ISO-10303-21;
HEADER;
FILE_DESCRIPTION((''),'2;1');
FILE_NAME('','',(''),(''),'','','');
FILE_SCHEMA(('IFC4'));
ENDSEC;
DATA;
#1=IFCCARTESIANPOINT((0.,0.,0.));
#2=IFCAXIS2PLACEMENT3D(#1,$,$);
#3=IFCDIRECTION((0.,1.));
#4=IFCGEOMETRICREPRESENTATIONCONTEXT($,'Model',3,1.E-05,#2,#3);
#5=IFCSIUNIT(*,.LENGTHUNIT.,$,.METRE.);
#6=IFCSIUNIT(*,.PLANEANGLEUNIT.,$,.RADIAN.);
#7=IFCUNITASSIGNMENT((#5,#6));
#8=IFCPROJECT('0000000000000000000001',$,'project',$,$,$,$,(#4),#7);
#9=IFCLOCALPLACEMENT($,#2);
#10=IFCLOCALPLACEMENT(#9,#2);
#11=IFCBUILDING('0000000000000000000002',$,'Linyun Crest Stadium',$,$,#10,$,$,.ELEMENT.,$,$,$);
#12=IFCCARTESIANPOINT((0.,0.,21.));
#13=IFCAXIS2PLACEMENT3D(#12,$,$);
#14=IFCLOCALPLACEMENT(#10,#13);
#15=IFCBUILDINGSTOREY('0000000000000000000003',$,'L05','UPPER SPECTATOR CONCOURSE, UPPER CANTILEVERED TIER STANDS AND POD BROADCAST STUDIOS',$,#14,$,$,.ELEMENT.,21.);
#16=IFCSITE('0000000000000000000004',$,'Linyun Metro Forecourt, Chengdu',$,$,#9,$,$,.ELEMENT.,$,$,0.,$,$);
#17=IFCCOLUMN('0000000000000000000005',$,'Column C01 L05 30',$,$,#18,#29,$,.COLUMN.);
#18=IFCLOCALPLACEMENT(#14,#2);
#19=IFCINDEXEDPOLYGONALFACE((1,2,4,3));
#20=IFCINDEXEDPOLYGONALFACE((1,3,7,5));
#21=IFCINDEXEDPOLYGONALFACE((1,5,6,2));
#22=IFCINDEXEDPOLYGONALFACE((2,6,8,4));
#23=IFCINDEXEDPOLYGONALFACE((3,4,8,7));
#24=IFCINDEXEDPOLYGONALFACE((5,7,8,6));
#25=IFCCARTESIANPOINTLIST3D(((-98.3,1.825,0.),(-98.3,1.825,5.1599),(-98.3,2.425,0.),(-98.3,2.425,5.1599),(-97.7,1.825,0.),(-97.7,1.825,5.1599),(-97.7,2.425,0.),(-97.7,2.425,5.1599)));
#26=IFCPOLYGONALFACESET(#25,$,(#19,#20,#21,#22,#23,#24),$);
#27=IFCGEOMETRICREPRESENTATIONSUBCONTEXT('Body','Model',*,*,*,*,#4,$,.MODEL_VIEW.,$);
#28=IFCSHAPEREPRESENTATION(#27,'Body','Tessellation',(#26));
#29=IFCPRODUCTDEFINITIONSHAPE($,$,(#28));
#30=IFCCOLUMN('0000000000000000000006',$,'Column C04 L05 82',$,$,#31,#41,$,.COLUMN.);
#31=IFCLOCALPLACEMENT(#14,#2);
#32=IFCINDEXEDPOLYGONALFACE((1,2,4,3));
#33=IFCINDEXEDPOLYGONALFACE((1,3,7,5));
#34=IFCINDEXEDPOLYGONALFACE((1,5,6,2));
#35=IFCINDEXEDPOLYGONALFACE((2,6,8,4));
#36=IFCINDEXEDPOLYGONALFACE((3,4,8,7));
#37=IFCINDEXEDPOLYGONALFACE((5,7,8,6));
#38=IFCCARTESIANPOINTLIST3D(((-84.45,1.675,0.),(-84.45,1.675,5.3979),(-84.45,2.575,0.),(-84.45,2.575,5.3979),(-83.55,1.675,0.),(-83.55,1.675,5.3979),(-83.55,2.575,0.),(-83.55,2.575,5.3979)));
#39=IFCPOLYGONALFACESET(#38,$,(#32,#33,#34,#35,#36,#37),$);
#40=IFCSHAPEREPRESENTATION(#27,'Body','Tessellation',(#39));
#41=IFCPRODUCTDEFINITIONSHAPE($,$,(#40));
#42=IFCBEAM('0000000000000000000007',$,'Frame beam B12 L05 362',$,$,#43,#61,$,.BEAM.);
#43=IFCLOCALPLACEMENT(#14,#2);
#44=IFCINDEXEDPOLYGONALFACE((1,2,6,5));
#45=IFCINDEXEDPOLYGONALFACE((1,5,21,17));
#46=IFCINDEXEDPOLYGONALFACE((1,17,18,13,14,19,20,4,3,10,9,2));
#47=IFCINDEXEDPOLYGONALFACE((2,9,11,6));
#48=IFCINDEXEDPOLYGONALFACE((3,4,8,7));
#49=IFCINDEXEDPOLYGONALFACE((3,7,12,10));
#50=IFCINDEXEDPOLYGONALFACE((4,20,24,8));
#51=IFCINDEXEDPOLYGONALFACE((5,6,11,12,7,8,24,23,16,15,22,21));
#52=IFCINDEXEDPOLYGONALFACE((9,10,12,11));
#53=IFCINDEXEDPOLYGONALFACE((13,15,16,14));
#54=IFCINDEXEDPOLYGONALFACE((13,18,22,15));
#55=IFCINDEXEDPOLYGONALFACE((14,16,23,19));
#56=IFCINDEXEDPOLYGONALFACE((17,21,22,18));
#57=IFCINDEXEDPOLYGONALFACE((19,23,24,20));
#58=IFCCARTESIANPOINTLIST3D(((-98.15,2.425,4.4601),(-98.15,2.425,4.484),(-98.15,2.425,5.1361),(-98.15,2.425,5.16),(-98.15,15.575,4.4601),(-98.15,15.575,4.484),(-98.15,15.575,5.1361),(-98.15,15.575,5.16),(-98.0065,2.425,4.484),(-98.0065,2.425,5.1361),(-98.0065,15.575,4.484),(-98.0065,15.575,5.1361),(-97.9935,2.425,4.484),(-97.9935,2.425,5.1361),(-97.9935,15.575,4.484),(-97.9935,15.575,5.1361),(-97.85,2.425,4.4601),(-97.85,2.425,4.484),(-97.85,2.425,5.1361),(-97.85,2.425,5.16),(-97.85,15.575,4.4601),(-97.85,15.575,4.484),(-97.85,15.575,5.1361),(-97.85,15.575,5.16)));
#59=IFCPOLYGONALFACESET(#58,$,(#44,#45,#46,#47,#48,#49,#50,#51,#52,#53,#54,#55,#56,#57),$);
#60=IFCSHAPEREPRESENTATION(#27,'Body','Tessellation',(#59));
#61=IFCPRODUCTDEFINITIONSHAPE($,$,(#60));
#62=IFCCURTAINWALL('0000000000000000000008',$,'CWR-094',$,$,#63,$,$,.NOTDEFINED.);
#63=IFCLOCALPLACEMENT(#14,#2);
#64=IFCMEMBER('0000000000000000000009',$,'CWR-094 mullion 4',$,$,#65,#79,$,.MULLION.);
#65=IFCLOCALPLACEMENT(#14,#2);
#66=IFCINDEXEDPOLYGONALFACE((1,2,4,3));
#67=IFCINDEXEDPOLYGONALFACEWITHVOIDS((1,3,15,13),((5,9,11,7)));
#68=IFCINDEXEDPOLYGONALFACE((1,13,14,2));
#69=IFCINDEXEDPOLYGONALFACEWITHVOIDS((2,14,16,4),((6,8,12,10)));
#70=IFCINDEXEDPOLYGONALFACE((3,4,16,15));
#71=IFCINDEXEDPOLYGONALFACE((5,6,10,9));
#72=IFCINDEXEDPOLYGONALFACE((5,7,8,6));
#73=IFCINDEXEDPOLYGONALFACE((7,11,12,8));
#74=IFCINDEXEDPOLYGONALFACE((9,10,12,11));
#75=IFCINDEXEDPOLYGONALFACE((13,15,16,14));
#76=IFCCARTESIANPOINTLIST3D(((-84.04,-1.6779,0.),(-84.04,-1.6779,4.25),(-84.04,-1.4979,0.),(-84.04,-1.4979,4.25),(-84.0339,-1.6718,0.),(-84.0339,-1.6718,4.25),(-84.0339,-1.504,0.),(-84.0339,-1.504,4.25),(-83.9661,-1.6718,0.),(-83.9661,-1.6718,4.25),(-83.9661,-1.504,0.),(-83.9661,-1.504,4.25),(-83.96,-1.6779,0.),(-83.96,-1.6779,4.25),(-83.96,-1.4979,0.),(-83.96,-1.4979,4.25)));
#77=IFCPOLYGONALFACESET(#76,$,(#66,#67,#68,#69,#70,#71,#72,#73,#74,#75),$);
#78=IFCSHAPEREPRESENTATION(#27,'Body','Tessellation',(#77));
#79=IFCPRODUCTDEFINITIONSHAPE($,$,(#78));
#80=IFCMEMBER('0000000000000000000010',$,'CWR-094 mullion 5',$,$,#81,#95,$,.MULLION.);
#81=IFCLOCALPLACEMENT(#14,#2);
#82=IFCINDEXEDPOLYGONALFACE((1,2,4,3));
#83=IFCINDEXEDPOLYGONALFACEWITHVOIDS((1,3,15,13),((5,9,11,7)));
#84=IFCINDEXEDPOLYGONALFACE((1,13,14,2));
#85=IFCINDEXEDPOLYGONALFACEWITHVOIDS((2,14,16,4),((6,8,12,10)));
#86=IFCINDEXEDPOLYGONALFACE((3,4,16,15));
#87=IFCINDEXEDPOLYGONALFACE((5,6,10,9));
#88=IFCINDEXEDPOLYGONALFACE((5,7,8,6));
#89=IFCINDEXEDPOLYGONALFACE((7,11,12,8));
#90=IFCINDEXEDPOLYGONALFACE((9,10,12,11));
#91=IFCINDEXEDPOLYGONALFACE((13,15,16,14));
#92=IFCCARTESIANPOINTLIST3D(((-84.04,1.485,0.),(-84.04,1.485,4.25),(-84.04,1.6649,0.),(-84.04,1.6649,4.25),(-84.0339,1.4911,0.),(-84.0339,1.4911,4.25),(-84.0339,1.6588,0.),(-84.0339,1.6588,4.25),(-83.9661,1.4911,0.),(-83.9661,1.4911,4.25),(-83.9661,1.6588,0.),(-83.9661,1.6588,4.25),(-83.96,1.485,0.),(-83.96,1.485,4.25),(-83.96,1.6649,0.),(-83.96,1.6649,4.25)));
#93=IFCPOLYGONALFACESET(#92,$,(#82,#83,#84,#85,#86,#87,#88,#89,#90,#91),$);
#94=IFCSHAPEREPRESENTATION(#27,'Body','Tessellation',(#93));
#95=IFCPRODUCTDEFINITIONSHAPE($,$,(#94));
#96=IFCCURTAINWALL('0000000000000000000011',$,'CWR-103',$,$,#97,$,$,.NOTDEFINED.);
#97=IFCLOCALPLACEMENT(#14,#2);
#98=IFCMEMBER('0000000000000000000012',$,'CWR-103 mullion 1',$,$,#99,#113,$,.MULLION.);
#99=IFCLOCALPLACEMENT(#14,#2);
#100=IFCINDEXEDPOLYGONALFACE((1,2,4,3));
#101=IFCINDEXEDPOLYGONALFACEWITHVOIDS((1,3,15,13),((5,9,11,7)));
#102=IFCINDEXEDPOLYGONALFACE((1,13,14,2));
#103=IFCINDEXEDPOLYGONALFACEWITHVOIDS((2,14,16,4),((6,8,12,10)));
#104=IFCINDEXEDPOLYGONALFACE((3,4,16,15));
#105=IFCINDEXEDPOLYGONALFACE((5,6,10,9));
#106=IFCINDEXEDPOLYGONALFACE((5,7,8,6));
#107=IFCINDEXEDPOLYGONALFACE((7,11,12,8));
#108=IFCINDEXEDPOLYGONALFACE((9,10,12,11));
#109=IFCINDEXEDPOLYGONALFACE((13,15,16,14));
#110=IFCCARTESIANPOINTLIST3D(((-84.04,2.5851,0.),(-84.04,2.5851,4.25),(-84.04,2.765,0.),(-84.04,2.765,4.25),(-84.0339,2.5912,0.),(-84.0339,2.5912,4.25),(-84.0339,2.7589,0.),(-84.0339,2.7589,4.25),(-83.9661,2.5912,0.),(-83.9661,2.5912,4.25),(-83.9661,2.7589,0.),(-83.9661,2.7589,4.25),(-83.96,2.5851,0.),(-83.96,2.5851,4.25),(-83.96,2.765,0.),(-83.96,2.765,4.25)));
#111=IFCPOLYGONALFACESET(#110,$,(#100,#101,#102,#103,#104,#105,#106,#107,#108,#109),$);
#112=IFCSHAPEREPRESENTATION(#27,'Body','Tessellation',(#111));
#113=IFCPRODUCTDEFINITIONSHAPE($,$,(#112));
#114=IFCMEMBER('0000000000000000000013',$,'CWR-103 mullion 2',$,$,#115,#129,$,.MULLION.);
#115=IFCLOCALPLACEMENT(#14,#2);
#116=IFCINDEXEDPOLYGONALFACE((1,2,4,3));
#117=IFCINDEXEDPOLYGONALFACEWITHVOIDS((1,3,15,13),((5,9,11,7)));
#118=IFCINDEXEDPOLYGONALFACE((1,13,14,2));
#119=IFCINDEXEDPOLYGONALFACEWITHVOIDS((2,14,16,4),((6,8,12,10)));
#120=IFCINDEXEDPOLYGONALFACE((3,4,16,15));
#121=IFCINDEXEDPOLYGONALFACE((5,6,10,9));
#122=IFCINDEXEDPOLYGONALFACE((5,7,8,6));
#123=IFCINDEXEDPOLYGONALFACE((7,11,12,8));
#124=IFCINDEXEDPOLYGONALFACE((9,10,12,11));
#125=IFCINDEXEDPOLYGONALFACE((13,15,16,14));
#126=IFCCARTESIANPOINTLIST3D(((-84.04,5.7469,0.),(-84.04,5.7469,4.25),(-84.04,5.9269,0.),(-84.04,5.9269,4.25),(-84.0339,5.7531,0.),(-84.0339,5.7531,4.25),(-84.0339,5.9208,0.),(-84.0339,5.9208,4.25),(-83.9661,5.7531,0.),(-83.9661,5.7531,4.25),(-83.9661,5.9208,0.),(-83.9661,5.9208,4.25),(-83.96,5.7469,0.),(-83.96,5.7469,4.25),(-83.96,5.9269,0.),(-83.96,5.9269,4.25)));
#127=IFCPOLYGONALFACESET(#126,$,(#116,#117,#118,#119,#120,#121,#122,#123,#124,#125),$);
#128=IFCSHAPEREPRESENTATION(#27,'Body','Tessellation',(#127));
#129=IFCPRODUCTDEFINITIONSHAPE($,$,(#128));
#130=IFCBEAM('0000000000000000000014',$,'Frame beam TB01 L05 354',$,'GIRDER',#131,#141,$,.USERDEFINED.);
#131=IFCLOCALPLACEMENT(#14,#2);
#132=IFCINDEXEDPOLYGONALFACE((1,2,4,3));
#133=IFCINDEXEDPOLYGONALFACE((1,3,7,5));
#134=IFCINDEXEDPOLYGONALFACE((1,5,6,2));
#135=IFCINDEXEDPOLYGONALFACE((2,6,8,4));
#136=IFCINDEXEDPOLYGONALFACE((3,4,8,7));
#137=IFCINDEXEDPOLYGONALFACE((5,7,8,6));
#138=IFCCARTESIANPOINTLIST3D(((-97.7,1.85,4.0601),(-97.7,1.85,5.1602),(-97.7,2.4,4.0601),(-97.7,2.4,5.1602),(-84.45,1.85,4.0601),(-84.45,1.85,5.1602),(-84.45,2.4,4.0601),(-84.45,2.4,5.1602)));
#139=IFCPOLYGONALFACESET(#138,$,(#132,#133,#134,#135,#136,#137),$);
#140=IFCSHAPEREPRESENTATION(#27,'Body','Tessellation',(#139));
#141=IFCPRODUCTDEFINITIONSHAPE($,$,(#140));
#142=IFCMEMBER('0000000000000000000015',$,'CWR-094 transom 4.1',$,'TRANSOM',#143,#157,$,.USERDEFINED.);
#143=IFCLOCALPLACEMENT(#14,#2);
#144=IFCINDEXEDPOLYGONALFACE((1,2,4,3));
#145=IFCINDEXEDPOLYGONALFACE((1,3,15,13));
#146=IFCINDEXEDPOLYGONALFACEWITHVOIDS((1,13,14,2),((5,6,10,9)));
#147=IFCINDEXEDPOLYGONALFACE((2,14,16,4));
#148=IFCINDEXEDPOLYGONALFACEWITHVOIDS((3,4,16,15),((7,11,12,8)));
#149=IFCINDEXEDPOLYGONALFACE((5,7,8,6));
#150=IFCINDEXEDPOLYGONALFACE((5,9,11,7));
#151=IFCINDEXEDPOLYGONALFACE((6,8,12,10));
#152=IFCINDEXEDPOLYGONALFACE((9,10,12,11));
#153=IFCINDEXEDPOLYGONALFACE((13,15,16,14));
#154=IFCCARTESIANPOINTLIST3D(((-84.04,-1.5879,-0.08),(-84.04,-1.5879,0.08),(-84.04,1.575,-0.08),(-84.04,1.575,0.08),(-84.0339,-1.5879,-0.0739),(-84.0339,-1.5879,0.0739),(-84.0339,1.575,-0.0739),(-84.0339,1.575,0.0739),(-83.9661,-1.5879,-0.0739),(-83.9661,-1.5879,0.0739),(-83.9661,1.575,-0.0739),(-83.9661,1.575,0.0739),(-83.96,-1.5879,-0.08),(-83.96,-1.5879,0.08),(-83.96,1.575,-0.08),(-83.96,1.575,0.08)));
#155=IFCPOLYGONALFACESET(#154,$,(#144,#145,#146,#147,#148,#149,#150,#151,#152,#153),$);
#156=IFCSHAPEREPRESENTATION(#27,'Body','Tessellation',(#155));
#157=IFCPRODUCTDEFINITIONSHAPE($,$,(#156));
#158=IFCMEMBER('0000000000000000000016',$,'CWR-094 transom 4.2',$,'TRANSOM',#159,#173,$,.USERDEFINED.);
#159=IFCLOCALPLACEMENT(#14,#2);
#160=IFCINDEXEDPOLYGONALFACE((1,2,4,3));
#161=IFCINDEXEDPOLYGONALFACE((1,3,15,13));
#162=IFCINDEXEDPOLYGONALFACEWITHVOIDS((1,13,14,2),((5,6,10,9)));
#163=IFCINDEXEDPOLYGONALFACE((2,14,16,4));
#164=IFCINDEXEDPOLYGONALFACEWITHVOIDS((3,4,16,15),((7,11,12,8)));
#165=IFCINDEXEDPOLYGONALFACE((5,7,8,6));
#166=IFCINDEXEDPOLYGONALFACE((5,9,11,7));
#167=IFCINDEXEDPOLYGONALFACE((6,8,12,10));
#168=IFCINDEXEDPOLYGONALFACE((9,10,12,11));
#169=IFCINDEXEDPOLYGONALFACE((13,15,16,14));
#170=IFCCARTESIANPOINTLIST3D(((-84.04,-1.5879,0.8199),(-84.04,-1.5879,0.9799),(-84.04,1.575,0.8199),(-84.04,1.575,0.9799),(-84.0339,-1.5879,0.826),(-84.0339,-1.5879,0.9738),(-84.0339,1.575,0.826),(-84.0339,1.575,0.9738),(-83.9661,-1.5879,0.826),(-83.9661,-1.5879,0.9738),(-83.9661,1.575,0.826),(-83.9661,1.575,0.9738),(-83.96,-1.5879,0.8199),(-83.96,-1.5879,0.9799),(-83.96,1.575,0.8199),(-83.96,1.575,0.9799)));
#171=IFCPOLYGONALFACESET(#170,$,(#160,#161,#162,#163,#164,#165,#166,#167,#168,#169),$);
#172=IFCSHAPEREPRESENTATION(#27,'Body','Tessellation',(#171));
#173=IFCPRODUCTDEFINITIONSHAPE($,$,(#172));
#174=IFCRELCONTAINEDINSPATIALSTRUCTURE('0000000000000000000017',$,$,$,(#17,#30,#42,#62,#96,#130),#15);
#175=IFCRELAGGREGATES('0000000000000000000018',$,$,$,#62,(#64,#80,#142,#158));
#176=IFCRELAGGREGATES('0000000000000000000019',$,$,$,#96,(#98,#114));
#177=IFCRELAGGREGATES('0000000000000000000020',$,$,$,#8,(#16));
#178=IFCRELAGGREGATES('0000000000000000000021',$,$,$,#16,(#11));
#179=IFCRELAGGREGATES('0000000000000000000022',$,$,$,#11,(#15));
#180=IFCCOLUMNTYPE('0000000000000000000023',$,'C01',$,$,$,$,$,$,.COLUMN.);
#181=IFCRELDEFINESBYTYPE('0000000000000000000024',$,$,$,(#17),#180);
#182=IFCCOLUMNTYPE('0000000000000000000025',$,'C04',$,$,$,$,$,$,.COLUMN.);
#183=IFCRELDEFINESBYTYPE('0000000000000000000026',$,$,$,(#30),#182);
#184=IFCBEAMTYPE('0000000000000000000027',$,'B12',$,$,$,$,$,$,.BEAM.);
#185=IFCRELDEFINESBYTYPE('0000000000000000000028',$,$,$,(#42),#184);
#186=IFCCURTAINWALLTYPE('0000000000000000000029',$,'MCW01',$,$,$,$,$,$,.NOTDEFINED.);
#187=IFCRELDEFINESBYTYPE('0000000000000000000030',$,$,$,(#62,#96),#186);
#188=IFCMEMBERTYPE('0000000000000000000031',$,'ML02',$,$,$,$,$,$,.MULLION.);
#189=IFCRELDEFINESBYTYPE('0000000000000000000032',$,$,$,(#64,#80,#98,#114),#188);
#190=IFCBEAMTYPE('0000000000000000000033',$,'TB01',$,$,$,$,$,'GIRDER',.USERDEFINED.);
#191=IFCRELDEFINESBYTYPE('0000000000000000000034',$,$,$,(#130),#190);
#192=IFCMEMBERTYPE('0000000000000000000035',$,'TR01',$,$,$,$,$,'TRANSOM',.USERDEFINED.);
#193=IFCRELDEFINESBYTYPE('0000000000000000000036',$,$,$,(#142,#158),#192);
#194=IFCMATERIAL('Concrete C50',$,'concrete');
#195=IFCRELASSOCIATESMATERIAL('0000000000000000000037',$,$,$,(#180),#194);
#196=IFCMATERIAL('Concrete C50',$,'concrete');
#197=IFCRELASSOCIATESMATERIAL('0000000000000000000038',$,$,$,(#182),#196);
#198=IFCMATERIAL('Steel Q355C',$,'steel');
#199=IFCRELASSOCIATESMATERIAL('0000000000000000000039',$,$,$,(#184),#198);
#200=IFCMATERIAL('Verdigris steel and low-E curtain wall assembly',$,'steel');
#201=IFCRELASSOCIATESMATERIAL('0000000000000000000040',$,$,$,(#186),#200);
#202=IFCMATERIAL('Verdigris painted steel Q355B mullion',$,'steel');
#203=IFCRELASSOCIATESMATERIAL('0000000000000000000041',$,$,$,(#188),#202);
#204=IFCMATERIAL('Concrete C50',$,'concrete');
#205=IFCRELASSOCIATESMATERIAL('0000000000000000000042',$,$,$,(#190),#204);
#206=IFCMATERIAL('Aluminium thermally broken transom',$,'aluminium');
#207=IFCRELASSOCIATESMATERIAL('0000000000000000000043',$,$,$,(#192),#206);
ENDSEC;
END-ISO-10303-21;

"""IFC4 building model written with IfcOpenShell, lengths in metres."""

from ifc_helpers import new_model, si_unit, direction, frame, origin, origin_2d, place, context, subcontext, project, spatial, rectangle, hollow_rectangle, i_section, extrude, material, material_profile, profile_set, type_object, element, aggregate, save


model = new_model("IFC4")

# Units and contexts
model_context = context("Model", 3, precision=1e-05, world=origin(), true_north=direction((0.0, 1.0)))
body_context = subcontext(model_context, "Body", "Model", "MODEL_VIEW")
ifc_project = project(units=[si_unit("LENGTHUNIT", "METRE"), si_unit("PLANEANGLEUNIT", "RADIAN")], contexts=[model_context])

# Site, building, storey
site_placement = place(None, origin())
site = spatial("IfcSite", under=ifc_project, at=site_placement, Name="Linyun Metro Forecourt, Chengdu", CompositionType="ELEMENT", RefElevation=0.0)
building_placement = place(site_placement, origin())
building = spatial("IfcBuilding", under=site, at=building_placement, Name="Linyun Crest Stadium", CompositionType="ELEMENT")
storey_placement = place(building_placement, frame((0.0, 0.0, 21.0)))
storey = spatial("IfcBuildingStorey", under=building, at=storey_placement, Name="L05", Description="UPPER SPECTATOR CONCOURSE, UPPER CANTILEVERED TIER STANDS AND POD BROADCAST STUDIOS", CompositionType="ELEMENT", Elevation=21.0)

# Columns
ifc_material_1 = material(Name="Concrete C50", Category="concrete")
ifc_material_profile_1 = material_profile(ifc_material_1, rectangle(XDim=0.6001, YDim=0.6001, at=origin_2d()), Name="RC 600x600")
ifc_profile_set_1 = profile_set([ifc_material_profile_1], Name="Concrete C50")
column_type_1 = type_object("IfcColumnType", Name="C01", PredefinedType="COLUMN", material=ifc_profile_set_1)
column_1_placement = place(storey_placement, frame((-98.0, 2.125, 0.0), z_axis=(0.0, 0.0, 1.0), x_axis=(1.0, 0.0, 0.0)))
element("IfcColumn", 1, at=column_1_placement, inside=storey, type_object=column_type_1, Name="Column C01 L05 30", PredefinedType="COLUMN", context=body_context, shape_type="SweptSolid", body=[
    extrude(rectangle(XDim=0.6001, YDim=0.6001, at=origin_2d()), origin(), (0.0, 0.0, 1.0), 5.1599),
])
ifc_material_2 = material(Name="Concrete C50", Category="concrete")
ifc_material_profile_2 = material_profile(ifc_material_2, rectangle(XDim=0.8999, YDim=0.8999, at=origin_2d()), Name="RC 900x900")
ifc_profile_set_2 = profile_set([ifc_material_profile_2], Name="Concrete C50")
column_type_2 = type_object("IfcColumnType", Name="C04", PredefinedType="COLUMN", material=ifc_profile_set_2)
column_2_placement = place(storey_placement, frame((-84.0, 2.125, 0.0), z_axis=(0.0, 0.0, 1.0), x_axis=(1.0, 0.0, 0.0)))
element("IfcColumn", 2, at=column_2_placement, inside=storey, type_object=column_type_2, Name="Column C04 L05 82", PredefinedType="COLUMN", context=body_context, shape_type="SweptSolid", body=[
    extrude(rectangle(XDim=0.8999, YDim=0.8999, at=origin_2d()), origin(), (0.0, 0.0, 1.0), 5.3979),
])

# Beam
ifc_material_3 = material(Name="Steel Q355C", Category="steel")
ifc_material_profile_3 = material_profile(ifc_material_3, i_section(OverallWidth=0.3, OverallDepth=0.7, WebThickness=0.0129, FlangeThickness=0.0239, at=origin_2d()), Name="HN 700x300")
ifc_profile_set_3 = profile_set([ifc_material_profile_3], Name="Steel Q355C")
beam_type_1 = type_object("IfcBeamType", Name="B12", PredefinedType="BEAM", material=ifc_profile_set_3)
beam_1_placement = place(storey_placement, frame((-98.0, 2.425, 4.8101), z_axis=(0.0, 1.0, 0.0), x_axis=(-1.0, 0.0, 0.0)))
element("IfcBeam", 3, at=beam_1_placement, inside=storey, type_object=beam_type_1, Name="Frame beam B12 L05 362", PredefinedType="BEAM", context=body_context, shape_type="SweptSolid", body=[
    extrude(i_section(OverallWidth=0.3, OverallDepth=0.7, WebThickness=0.0129, FlangeThickness=0.0239, at=origin_2d()), origin(), (0.0, 0.0, 1.0), 13.1499),
])

# Curtain walls, members
ifc_material_4 = material(Name="Verdigris steel and low-E curtain wall assembly", Category="steel")
curtain_wall_type = type_object("IfcCurtainWallType", Name="MCW01", PredefinedType="NOTDEFINED", material=ifc_material_4)
curtain_wall_1_placement = place(storey_placement, origin())
curtain_wall_1 = element("IfcCurtainWall", 4, at=curtain_wall_1_placement, inside=storey, type_object=curtain_wall_type, Name="CWR-094", PredefinedType="NOTDEFINED")
ifc_material_5 = material(Name="Verdigris painted steel Q355B mullion", Category="steel")
ifc_material_profile_4 = material_profile(ifc_material_5, hollow_rectangle(XDim=0.0801, YDim=0.1799, WallThickness=0.0061, at=origin_2d()), Name="RHS 180x80x6")
ifc_profile_set_4 = profile_set([ifc_material_profile_4], Name="Verdigris painted steel Q355B mullion")
member_type_1 = type_object("IfcMemberType", Name="ML02", PredefinedType="MULLION", material=ifc_profile_set_4)
member_1_placement = place(storey_placement, frame((-84.0, -1.5879, 0.0), z_axis=(0.0, 0.0, 1.0), x_axis=(-1.0, 0.0, 0.0)))
member_1 = element("IfcMember", 5, at=member_1_placement, type_object=member_type_1, Name="CWR-094 mullion 4", PredefinedType="MULLION", context=body_context, shape_type="SweptSolid", body=[
    extrude(hollow_rectangle(XDim=0.0801, YDim=0.1799, WallThickness=0.0061, at=origin_2d()), origin(), (0.0, 0.0, 1.0), 4.25),
])
member_2_placement = place(storey_placement, frame((-84.0, 1.575, 0.0), z_axis=(0.0, 0.0, 1.0), x_axis=(-1.0, 0.0, 0.0)))
member_2 = element("IfcMember", 6, at=member_2_placement, type_object=member_type_1, Name="CWR-094 mullion 5", PredefinedType="MULLION", context=body_context, shape_type="SweptSolid", body=[
    extrude(hollow_rectangle(XDim=0.0801, YDim=0.1799, WallThickness=0.0061, at=origin_2d()), origin(), (0.0, 0.0, 1.0), 4.25),
])
curtain_wall_2_placement = place(storey_placement, origin())
curtain_wall_2 = element("IfcCurtainWall", 7, at=curtain_wall_2_placement, inside=storey, type_object=curtain_wall_type, Name="CWR-103", PredefinedType="NOTDEFINED")
member_3_placement = place(storey_placement, frame((-84.0, 2.675, 0.0), z_axis=(0.0, 0.0, 1.0), x_axis=(-1.0, 0.0, 0.0)))
member_3 = element("IfcMember", 8, at=member_3_placement, type_object=member_type_1, Name="CWR-103 mullion 1", PredefinedType="MULLION", context=body_context, shape_type="SweptSolid", body=[
    extrude(hollow_rectangle(XDim=0.0801, YDim=0.1799, WallThickness=0.0061, at=origin_2d()), origin(), (0.0, 0.0, 1.0), 4.25),
])
member_4_placement = place(storey_placement, frame((-84.0, 5.8369, 0.0), z_axis=(0.0, 0.0, 1.0), x_axis=(-1.0, 0.0, 0.0)))
member_4 = element("IfcMember", 9, at=member_4_placement, type_object=member_type_1, Name="CWR-103 mullion 2", PredefinedType="MULLION", context=body_context, shape_type="SweptSolid", body=[
    extrude(hollow_rectangle(XDim=0.0801, YDim=0.1799, WallThickness=0.0061, at=origin_2d()), origin(), (0.0, 0.0, 1.0), 4.25),
])

# Beam
ifc_material_6 = material(Name="Concrete C50", Category="concrete")
ifc_material_profile_5 = material_profile(ifc_material_6, rectangle(XDim=0.55, YDim=1.1001, at=origin_2d()), Name="RCB 1100x550")
ifc_profile_set_5 = profile_set([ifc_material_profile_5], Name="Concrete C50")
beam_type_2 = type_object("IfcBeamType", Name="TB01", ElementType="GIRDER", PredefinedType="USERDEFINED", material=ifc_profile_set_5)
beam_2_placement = place(storey_placement, frame((-97.7, 2.125, 4.6101), z_axis=(1.0, 0.0, 0.0), x_axis=(0.0, 1.0, 0.0)))
element("IfcBeam", 10, at=beam_2_placement, inside=storey, type_object=beam_type_2, Name="Frame beam TB01 L05 354", ObjectType="GIRDER", PredefinedType="USERDEFINED", context=body_context, shape_type="SweptSolid", body=[
    extrude(rectangle(XDim=0.55, YDim=1.1001, at=origin_2d()), origin(), (0.0, 0.0, 1.0), 13.25),
])

# Members
ifc_material_7 = material(Name="Aluminium thermally broken transom", Category="aluminium")
ifc_material_profile_6 = material_profile(ifc_material_7, hollow_rectangle(XDim=0.0801, YDim=0.1599, WallThickness=0.0061, at=origin_2d()), Name="RHS 160x80x6")
ifc_profile_set_6 = profile_set([ifc_material_profile_6], Name="Aluminium thermally broken transom")
member_type_2 = type_object("IfcMemberType", Name="TR01", ElementType="TRANSOM", PredefinedType="USERDEFINED", material=ifc_profile_set_6)
member_5_placement = place(storey_placement, frame((-84.0, -1.5879, 0.0), z_axis=(0.0, 1.0, 0.0), x_axis=(-1.0, 0.0, 0.0)))
member_5 = element("IfcMember", 11, at=member_5_placement, type_object=member_type_2, Name="CWR-094 transom 4.1", ObjectType="TRANSOM", PredefinedType="USERDEFINED", context=body_context, shape_type="SweptSolid", body=[
    extrude(hollow_rectangle(XDim=0.0801, YDim=0.1599, WallThickness=0.0061, at=origin_2d()), origin(), (0.0, 0.0, 1.0), 3.1628),
])
member_6_placement = place(storey_placement, frame((-84.0, -1.5879, 0.8999), z_axis=(0.0, 1.0, 0.0), x_axis=(-1.0, 0.0, 0.0)))
member_6 = element("IfcMember", 12, at=member_6_placement, type_object=member_type_2, Name="CWR-094 transom 4.2", ObjectType="TRANSOM", PredefinedType="USERDEFINED", context=body_context, shape_type="SweptSolid", body=[
    extrude(hollow_rectangle(XDim=0.0801, YDim=0.1599, WallThickness=0.0061, at=origin_2d()), origin(), (0.0, 0.0, 1.0), 3.1628),
])

aggregate(curtain_wall_1, [member_1, member_2, member_5, member_6])
aggregate(curtain_wall_2, [member_3, member_4])

save(model, "model.ifc")
